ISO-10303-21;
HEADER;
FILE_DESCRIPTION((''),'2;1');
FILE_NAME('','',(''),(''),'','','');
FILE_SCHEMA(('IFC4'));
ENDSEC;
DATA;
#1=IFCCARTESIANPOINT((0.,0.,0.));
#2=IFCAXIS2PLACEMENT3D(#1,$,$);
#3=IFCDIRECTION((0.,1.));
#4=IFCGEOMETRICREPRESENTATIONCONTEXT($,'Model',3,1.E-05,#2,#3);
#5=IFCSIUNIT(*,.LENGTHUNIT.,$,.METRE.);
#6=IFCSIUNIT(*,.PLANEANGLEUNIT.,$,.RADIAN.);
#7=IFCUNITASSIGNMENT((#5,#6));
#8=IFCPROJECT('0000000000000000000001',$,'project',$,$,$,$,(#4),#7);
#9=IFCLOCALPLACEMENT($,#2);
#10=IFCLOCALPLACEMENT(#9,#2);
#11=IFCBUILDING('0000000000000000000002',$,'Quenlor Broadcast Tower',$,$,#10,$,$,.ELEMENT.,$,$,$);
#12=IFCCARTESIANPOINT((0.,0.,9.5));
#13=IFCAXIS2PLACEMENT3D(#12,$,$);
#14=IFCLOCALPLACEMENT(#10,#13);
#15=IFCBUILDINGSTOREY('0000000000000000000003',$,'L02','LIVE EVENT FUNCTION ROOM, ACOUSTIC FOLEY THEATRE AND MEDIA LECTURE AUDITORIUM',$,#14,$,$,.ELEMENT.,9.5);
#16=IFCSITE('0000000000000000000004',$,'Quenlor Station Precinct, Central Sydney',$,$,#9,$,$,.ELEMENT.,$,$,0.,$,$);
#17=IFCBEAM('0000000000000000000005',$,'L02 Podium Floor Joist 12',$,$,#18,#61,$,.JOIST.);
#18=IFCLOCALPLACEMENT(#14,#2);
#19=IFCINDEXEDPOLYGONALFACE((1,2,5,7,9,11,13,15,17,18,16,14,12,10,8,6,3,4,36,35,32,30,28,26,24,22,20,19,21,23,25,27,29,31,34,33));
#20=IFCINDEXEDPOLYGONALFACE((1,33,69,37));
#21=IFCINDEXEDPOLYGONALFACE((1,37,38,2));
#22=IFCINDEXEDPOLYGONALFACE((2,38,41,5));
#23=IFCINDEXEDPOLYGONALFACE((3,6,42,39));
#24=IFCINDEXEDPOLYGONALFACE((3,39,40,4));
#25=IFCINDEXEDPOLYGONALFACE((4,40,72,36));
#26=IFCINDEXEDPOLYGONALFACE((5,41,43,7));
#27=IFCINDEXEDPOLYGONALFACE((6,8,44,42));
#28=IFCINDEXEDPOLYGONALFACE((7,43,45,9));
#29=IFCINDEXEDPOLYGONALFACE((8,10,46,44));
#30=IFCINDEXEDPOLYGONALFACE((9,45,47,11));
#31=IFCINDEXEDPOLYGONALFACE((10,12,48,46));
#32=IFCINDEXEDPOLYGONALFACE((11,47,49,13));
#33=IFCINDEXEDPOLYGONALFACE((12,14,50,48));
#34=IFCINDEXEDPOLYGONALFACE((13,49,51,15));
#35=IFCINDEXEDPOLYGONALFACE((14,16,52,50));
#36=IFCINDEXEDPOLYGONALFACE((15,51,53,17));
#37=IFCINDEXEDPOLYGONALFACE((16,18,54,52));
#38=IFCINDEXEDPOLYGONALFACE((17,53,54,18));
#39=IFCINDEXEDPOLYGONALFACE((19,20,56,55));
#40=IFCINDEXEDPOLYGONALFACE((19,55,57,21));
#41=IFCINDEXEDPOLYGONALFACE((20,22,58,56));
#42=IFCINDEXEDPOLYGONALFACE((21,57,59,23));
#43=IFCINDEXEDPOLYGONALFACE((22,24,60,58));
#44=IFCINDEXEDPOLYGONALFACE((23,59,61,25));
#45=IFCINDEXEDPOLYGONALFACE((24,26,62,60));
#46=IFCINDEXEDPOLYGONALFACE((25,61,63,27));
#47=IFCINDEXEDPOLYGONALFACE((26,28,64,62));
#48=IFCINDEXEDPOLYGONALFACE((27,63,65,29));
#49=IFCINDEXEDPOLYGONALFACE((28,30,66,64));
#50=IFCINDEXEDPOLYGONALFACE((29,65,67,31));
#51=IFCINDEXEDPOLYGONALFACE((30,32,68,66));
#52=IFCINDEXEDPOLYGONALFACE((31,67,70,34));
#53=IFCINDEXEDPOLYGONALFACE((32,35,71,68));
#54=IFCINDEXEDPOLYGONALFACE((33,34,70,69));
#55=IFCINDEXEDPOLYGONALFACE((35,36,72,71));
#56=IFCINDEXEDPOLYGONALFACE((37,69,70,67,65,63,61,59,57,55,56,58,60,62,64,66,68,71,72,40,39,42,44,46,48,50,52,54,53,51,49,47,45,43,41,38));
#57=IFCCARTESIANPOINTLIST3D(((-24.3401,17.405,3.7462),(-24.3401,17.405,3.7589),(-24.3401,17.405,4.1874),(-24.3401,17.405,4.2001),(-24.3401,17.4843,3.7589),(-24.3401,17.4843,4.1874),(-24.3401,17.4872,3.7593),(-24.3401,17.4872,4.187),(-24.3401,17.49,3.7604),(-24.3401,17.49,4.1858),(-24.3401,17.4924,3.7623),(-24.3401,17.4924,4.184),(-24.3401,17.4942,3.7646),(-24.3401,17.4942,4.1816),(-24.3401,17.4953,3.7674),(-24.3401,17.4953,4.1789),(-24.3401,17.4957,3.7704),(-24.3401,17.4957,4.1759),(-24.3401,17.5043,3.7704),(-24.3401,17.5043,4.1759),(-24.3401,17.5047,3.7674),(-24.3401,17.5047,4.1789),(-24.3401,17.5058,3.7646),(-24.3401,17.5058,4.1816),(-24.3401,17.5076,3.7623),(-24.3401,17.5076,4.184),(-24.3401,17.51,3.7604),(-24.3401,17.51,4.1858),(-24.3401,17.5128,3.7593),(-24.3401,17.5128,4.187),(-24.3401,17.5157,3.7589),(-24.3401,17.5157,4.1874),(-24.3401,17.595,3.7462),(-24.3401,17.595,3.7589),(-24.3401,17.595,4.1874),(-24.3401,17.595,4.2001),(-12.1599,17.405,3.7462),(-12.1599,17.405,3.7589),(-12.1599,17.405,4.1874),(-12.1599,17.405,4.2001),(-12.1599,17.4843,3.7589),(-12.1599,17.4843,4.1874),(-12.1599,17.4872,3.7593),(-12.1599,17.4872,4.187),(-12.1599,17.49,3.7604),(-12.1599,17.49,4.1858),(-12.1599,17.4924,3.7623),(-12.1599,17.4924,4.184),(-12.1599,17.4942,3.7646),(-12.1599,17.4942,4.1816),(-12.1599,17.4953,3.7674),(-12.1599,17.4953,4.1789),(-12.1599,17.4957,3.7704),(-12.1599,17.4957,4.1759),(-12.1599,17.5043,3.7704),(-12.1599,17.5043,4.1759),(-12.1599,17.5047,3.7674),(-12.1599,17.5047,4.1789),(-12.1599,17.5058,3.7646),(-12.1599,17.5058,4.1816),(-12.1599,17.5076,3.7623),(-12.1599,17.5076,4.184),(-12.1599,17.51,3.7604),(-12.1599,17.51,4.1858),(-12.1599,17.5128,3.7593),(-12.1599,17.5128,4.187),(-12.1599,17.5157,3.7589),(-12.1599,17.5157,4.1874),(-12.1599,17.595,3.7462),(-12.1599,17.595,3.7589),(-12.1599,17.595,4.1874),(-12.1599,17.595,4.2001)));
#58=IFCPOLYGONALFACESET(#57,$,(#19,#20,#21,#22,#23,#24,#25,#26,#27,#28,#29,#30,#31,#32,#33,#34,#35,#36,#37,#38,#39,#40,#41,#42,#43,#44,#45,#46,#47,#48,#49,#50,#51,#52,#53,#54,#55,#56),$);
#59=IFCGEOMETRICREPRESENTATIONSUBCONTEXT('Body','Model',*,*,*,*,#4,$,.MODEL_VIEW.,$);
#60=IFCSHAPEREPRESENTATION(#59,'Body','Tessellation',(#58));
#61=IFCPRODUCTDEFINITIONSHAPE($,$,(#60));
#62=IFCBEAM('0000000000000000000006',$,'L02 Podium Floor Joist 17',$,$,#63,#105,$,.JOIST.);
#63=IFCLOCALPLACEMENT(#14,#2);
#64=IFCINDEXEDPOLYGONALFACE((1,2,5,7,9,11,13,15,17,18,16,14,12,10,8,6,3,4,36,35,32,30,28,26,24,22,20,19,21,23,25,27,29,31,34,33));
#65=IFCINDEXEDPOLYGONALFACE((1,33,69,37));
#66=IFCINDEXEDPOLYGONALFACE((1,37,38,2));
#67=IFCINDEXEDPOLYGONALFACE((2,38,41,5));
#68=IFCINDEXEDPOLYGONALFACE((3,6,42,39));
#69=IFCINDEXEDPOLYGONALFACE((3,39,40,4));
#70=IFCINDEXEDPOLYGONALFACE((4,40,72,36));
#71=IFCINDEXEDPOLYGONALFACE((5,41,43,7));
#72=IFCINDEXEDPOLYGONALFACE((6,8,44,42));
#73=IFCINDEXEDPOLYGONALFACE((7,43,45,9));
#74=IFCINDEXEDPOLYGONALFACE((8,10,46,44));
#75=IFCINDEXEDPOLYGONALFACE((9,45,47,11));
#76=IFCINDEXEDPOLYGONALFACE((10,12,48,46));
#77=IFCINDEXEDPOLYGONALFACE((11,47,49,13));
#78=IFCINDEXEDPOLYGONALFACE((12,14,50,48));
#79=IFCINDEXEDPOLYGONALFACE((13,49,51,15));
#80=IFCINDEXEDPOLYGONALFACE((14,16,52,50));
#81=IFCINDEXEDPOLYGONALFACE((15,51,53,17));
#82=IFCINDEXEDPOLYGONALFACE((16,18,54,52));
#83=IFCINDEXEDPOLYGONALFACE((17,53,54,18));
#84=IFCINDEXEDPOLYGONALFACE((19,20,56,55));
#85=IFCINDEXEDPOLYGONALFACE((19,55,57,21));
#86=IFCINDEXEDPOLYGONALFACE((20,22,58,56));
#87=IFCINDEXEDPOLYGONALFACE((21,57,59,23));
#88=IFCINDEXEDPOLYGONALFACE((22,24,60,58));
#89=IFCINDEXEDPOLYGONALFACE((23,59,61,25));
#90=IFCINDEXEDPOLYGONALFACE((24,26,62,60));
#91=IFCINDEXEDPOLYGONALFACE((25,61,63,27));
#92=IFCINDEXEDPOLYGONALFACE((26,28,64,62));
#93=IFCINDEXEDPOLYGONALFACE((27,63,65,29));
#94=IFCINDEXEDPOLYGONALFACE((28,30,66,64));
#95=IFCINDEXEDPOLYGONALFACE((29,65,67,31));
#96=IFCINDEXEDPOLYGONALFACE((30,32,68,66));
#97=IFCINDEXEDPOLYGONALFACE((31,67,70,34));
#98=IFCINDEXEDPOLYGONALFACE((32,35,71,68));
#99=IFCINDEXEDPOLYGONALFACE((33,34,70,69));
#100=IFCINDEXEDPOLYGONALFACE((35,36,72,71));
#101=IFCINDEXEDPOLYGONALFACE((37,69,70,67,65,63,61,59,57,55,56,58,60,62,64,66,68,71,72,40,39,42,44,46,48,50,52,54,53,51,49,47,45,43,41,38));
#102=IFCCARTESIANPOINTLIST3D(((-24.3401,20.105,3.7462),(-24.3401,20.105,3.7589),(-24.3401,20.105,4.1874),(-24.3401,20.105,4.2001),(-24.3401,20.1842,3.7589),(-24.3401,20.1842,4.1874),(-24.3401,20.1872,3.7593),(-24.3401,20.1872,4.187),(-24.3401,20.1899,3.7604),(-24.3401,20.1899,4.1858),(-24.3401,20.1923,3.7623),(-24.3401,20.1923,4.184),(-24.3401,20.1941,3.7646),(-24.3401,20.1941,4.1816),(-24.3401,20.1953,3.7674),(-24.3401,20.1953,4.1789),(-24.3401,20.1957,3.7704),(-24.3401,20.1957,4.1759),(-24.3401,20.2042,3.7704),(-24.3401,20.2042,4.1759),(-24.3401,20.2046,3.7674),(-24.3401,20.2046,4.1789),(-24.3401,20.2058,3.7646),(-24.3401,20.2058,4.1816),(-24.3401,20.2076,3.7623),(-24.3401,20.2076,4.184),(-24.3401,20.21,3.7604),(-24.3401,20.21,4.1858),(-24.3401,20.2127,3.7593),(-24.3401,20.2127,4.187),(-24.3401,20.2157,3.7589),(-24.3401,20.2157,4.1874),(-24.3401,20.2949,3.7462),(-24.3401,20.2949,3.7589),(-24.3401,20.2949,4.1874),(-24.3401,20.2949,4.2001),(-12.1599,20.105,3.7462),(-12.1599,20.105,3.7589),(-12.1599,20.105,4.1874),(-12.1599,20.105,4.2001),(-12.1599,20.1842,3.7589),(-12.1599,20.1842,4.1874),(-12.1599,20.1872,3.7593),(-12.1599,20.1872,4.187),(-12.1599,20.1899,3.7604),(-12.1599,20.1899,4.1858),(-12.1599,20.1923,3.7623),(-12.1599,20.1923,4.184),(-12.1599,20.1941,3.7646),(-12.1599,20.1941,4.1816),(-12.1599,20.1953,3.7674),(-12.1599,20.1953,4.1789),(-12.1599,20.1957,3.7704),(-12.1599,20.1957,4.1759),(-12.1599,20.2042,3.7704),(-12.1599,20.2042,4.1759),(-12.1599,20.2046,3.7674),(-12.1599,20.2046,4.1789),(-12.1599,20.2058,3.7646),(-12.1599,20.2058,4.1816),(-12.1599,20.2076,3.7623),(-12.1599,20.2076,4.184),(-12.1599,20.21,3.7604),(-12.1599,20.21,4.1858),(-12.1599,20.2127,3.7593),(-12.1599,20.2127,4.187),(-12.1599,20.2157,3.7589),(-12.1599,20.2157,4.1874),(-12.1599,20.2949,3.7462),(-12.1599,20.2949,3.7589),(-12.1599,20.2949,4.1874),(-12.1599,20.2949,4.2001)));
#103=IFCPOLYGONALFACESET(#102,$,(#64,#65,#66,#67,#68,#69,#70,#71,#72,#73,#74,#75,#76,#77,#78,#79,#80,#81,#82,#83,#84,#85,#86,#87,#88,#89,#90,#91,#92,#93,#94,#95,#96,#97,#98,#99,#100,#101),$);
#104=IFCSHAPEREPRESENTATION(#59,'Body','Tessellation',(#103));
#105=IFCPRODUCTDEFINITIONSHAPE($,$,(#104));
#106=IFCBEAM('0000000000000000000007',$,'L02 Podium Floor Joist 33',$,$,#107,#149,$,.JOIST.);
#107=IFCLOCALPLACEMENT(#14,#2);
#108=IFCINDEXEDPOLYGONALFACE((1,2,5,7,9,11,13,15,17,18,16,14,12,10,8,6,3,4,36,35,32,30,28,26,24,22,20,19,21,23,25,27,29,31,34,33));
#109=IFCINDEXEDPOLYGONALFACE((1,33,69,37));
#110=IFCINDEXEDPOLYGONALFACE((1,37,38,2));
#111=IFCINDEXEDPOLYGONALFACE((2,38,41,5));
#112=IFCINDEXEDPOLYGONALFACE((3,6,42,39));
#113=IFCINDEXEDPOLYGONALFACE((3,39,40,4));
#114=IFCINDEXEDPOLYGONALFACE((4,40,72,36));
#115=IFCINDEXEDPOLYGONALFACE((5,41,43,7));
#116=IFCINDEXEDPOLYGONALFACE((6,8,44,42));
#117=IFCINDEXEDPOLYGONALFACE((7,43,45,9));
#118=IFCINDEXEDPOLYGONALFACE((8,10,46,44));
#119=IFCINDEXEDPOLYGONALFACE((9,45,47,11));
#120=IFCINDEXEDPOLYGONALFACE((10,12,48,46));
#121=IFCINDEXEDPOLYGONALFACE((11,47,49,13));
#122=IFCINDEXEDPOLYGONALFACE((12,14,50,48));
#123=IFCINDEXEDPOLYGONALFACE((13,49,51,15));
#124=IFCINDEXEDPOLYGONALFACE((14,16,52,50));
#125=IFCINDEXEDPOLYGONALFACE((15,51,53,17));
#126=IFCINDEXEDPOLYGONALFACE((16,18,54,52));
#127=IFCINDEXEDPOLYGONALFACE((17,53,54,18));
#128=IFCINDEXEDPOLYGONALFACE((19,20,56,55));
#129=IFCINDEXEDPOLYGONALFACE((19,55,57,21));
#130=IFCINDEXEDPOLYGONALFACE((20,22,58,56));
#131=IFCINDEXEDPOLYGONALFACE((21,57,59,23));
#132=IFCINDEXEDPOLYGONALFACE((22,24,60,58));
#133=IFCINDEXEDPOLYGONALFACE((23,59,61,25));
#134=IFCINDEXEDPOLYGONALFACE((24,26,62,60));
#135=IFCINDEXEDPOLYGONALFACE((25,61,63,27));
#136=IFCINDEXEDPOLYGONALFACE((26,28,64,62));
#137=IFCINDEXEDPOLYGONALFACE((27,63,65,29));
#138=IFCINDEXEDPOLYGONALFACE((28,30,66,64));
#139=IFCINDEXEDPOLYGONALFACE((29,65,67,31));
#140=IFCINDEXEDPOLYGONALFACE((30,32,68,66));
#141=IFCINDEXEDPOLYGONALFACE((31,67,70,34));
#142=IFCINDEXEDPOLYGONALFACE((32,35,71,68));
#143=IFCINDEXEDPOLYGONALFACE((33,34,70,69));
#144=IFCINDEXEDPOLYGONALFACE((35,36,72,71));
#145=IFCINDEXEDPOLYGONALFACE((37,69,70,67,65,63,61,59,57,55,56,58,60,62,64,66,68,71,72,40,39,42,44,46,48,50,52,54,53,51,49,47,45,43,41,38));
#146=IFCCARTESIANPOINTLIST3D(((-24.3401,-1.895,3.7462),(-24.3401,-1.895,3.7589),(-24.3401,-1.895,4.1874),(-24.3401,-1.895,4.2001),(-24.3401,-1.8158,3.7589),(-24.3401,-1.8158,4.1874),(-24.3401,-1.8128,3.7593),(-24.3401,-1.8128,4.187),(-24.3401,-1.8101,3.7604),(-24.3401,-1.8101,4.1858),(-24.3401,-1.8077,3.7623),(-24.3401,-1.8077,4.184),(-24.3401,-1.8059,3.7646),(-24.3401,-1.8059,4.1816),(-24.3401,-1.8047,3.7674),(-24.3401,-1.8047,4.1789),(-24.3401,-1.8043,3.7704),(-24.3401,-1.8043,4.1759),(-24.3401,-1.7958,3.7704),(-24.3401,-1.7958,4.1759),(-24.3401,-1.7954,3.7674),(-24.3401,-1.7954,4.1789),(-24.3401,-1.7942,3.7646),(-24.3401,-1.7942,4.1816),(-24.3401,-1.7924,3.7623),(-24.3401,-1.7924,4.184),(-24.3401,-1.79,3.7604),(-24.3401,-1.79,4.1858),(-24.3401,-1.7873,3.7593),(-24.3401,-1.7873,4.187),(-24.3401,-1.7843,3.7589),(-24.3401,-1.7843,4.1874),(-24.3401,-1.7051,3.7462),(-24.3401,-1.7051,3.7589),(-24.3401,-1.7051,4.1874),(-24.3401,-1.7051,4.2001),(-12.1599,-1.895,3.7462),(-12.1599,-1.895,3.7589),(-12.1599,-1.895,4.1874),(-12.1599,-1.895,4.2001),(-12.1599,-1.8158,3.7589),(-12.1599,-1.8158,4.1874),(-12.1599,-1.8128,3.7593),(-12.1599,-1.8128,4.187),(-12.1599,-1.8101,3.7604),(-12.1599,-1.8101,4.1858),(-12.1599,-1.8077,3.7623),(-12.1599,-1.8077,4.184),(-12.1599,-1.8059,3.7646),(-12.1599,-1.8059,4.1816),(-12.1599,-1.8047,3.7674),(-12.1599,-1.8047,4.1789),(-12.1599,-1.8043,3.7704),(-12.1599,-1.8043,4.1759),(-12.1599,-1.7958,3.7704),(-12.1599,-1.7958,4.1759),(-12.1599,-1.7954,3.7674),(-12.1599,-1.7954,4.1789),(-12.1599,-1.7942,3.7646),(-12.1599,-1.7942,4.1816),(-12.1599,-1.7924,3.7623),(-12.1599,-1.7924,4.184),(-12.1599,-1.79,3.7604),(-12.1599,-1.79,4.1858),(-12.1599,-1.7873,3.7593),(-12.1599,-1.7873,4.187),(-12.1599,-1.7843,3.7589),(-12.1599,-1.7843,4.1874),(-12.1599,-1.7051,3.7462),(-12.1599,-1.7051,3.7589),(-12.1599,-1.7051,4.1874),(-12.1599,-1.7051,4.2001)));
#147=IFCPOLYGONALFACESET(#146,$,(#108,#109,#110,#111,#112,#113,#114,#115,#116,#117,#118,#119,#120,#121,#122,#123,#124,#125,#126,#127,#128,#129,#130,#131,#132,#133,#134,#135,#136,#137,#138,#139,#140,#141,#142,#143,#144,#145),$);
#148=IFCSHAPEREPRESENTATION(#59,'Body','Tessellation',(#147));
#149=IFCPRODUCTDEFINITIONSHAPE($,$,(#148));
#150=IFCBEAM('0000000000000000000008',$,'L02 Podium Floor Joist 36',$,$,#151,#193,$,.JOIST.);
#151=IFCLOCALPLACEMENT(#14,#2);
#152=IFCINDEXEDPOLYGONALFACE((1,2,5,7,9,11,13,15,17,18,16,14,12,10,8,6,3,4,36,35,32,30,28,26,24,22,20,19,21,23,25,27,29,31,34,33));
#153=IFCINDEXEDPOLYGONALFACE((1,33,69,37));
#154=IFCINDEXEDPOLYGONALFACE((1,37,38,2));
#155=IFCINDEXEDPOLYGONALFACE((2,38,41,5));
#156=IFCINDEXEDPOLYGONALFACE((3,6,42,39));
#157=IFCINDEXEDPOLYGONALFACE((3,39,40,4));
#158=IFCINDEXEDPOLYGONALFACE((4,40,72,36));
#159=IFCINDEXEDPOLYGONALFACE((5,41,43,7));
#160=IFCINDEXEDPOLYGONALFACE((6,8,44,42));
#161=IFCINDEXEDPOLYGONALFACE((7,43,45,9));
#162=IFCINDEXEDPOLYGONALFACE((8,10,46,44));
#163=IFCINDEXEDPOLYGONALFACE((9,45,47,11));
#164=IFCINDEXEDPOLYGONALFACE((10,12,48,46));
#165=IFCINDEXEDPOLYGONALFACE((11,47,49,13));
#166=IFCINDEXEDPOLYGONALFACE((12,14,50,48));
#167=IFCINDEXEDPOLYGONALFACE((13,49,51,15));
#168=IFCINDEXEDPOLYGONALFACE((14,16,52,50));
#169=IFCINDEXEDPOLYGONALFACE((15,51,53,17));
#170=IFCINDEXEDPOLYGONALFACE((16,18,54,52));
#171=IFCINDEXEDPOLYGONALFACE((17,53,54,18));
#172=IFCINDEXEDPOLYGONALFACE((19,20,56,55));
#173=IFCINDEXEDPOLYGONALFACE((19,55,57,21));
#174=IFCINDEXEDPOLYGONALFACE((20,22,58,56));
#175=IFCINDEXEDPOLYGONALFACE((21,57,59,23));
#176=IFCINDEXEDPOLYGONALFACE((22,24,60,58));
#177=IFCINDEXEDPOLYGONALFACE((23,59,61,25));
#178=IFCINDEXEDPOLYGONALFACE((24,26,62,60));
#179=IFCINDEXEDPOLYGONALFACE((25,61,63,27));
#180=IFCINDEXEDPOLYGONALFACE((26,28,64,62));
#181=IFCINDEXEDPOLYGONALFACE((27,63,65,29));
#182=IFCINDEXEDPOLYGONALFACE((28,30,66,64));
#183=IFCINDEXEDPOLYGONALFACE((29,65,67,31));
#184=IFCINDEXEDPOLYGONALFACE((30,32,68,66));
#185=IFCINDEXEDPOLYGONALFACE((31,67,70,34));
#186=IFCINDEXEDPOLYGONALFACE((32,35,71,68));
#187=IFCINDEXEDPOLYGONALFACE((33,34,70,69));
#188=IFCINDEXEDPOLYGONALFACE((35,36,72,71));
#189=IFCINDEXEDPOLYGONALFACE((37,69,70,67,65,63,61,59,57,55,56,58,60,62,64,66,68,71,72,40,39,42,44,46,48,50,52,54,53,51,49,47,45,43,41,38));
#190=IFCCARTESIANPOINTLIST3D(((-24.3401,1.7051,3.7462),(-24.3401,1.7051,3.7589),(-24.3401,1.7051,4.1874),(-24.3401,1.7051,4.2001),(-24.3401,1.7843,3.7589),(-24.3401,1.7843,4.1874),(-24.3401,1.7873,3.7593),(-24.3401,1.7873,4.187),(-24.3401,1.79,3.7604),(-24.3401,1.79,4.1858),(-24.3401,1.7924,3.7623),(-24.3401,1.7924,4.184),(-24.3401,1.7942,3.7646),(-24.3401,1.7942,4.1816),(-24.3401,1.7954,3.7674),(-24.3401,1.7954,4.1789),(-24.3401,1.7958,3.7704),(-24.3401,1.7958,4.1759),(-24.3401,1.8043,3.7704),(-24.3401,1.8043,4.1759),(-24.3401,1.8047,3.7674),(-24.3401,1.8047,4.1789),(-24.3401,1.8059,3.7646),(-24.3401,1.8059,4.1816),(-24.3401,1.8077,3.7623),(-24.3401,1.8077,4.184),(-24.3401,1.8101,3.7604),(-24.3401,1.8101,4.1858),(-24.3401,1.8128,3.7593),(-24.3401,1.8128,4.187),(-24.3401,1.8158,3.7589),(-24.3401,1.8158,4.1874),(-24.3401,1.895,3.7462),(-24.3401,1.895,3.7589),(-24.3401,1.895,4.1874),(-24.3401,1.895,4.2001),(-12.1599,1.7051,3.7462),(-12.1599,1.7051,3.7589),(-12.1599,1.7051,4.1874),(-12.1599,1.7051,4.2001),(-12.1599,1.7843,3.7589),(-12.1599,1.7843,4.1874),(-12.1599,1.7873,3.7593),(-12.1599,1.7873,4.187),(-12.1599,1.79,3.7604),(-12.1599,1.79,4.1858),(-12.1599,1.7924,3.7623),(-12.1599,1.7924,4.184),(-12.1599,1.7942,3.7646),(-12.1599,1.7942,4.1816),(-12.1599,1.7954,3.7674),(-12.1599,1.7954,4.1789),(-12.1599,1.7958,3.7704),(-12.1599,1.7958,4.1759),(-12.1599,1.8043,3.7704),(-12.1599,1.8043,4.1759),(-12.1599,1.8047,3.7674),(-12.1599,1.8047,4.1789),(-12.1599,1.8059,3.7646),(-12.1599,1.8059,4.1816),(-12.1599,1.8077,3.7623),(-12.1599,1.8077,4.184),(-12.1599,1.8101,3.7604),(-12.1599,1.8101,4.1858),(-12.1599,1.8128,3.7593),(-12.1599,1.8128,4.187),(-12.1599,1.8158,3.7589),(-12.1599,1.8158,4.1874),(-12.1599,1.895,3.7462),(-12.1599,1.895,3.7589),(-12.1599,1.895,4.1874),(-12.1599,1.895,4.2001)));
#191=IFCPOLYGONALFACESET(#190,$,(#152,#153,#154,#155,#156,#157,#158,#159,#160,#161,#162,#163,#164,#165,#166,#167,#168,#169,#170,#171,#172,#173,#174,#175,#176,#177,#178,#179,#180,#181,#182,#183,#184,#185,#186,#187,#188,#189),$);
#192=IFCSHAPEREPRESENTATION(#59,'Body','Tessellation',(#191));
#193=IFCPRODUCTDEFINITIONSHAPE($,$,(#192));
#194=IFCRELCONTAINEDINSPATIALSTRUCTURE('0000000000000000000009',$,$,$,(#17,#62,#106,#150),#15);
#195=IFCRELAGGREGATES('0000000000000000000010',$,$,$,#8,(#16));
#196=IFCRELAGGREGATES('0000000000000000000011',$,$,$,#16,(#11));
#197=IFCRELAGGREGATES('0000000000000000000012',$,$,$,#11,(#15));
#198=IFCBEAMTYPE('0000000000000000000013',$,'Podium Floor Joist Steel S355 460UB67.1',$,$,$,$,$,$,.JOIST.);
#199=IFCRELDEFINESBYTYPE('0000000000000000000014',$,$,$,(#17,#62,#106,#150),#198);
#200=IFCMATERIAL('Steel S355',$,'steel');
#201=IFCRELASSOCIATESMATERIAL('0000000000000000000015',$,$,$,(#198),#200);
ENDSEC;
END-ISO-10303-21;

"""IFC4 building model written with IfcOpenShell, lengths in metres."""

from ifc_helpers import new_model, si_unit, direction, frame, origin, origin_2d, place, context, subcontext, project, spatial, i_section, extrude, material, material_profile, profile_set, type_object, element, save


model = new_model("IFC4")

# Units and contexts
model_context = context("Model", 3, precision=1e-05, world=origin(), true_north=direction((0.0, 1.0)))
body_context = subcontext(model_context, "Body", "Model", "MODEL_VIEW")
ifc_project = project(units=[si_unit("LENGTHUNIT", "METRE"), si_unit("PLANEANGLEUNIT", "RADIAN")], contexts=[model_context])

# Site, building, storey
site_placement = place(None, origin())
site = spatial("IfcSite", under=ifc_project, at=site_placement, Name="Quenlor Station Precinct, Central Sydney", CompositionType="ELEMENT", RefElevation=0.0)
building_placement = place(site_placement, origin())
building = spatial("IfcBuilding", under=site, at=building_placement, Name="Quenlor Broadcast Tower", CompositionType="ELEMENT")
storey_placement = place(building_placement, frame((0.0, 0.0, 9.5)))
storey = spatial("IfcBuildingStorey", under=building, at=storey_placement, Name="L02", Description="LIVE EVENT FUNCTION ROOM, ACOUSTIC FOLEY THEATRE AND MEDIA LECTURE AUDITORIUM", CompositionType="ELEMENT", Elevation=9.5)

# Beams
ifc_material_1 = material(Name="Steel S355", Category="steel")
ifc_material_profile_1 = material_profile(ifc_material_1, i_section(OverallWidth=0.1899, OverallDepth=0.4539, WebThickness=0.0085, FlangeThickness=0.0127, FilletRadius=0.0115, at=origin_2d()))
ifc_profile_set_1 = profile_set([ifc_material_profile_1], Name="Steel S355 460UB67.1")
beam_type_1 = type_object("IfcBeamType", Name="Podium Floor Joist Steel S355 460UB67.1", PredefinedType="JOIST", material=ifc_profile_set_1)
for number, where, z_axis, x_axis, name in (
    (1, (-24.3401, 17.5, 3.9731), (1.0, 0.0, 0.0), (0.0, 1.0, 0.0), "L02 Podium Floor Joist 12"),
    (2, (-24.3401, 20.2, 3.9731), (1.0, 0.0, 0.0), (0.0, 1.0, 0.0), "L02 Podium Floor Joist 17"),
    (3, (-24.3401, -1.8, 3.9731), (1.0, 0.0, 0.0), (0.0, 1.0, 0.0), "L02 Podium Floor Joist 33"),
    (4, (-24.3401, 1.8, 3.9731), (1.0, 0.0, 0.0), (0.0, 1.0, 0.0), "L02 Podium Floor Joist 36"),
):
    element("IfcBeam", number, at=place(storey_placement, frame(where, z_axis=z_axis, x_axis=x_axis)), inside=storey, type_object=beam_type_1, Name=name, PredefinedType="JOIST", context=body_context, shape_type="SweptSolid", body=[
        extrude(i_section(OverallWidth=0.1899, OverallDepth=0.4539, WebThickness=0.0085, FlangeThickness=0.0127, FilletRadius=0.0115, at=origin_2d()), origin(), (0.0, 0.0, 1.0), 12.1802),
    ])

save(model, "model.ifc")
